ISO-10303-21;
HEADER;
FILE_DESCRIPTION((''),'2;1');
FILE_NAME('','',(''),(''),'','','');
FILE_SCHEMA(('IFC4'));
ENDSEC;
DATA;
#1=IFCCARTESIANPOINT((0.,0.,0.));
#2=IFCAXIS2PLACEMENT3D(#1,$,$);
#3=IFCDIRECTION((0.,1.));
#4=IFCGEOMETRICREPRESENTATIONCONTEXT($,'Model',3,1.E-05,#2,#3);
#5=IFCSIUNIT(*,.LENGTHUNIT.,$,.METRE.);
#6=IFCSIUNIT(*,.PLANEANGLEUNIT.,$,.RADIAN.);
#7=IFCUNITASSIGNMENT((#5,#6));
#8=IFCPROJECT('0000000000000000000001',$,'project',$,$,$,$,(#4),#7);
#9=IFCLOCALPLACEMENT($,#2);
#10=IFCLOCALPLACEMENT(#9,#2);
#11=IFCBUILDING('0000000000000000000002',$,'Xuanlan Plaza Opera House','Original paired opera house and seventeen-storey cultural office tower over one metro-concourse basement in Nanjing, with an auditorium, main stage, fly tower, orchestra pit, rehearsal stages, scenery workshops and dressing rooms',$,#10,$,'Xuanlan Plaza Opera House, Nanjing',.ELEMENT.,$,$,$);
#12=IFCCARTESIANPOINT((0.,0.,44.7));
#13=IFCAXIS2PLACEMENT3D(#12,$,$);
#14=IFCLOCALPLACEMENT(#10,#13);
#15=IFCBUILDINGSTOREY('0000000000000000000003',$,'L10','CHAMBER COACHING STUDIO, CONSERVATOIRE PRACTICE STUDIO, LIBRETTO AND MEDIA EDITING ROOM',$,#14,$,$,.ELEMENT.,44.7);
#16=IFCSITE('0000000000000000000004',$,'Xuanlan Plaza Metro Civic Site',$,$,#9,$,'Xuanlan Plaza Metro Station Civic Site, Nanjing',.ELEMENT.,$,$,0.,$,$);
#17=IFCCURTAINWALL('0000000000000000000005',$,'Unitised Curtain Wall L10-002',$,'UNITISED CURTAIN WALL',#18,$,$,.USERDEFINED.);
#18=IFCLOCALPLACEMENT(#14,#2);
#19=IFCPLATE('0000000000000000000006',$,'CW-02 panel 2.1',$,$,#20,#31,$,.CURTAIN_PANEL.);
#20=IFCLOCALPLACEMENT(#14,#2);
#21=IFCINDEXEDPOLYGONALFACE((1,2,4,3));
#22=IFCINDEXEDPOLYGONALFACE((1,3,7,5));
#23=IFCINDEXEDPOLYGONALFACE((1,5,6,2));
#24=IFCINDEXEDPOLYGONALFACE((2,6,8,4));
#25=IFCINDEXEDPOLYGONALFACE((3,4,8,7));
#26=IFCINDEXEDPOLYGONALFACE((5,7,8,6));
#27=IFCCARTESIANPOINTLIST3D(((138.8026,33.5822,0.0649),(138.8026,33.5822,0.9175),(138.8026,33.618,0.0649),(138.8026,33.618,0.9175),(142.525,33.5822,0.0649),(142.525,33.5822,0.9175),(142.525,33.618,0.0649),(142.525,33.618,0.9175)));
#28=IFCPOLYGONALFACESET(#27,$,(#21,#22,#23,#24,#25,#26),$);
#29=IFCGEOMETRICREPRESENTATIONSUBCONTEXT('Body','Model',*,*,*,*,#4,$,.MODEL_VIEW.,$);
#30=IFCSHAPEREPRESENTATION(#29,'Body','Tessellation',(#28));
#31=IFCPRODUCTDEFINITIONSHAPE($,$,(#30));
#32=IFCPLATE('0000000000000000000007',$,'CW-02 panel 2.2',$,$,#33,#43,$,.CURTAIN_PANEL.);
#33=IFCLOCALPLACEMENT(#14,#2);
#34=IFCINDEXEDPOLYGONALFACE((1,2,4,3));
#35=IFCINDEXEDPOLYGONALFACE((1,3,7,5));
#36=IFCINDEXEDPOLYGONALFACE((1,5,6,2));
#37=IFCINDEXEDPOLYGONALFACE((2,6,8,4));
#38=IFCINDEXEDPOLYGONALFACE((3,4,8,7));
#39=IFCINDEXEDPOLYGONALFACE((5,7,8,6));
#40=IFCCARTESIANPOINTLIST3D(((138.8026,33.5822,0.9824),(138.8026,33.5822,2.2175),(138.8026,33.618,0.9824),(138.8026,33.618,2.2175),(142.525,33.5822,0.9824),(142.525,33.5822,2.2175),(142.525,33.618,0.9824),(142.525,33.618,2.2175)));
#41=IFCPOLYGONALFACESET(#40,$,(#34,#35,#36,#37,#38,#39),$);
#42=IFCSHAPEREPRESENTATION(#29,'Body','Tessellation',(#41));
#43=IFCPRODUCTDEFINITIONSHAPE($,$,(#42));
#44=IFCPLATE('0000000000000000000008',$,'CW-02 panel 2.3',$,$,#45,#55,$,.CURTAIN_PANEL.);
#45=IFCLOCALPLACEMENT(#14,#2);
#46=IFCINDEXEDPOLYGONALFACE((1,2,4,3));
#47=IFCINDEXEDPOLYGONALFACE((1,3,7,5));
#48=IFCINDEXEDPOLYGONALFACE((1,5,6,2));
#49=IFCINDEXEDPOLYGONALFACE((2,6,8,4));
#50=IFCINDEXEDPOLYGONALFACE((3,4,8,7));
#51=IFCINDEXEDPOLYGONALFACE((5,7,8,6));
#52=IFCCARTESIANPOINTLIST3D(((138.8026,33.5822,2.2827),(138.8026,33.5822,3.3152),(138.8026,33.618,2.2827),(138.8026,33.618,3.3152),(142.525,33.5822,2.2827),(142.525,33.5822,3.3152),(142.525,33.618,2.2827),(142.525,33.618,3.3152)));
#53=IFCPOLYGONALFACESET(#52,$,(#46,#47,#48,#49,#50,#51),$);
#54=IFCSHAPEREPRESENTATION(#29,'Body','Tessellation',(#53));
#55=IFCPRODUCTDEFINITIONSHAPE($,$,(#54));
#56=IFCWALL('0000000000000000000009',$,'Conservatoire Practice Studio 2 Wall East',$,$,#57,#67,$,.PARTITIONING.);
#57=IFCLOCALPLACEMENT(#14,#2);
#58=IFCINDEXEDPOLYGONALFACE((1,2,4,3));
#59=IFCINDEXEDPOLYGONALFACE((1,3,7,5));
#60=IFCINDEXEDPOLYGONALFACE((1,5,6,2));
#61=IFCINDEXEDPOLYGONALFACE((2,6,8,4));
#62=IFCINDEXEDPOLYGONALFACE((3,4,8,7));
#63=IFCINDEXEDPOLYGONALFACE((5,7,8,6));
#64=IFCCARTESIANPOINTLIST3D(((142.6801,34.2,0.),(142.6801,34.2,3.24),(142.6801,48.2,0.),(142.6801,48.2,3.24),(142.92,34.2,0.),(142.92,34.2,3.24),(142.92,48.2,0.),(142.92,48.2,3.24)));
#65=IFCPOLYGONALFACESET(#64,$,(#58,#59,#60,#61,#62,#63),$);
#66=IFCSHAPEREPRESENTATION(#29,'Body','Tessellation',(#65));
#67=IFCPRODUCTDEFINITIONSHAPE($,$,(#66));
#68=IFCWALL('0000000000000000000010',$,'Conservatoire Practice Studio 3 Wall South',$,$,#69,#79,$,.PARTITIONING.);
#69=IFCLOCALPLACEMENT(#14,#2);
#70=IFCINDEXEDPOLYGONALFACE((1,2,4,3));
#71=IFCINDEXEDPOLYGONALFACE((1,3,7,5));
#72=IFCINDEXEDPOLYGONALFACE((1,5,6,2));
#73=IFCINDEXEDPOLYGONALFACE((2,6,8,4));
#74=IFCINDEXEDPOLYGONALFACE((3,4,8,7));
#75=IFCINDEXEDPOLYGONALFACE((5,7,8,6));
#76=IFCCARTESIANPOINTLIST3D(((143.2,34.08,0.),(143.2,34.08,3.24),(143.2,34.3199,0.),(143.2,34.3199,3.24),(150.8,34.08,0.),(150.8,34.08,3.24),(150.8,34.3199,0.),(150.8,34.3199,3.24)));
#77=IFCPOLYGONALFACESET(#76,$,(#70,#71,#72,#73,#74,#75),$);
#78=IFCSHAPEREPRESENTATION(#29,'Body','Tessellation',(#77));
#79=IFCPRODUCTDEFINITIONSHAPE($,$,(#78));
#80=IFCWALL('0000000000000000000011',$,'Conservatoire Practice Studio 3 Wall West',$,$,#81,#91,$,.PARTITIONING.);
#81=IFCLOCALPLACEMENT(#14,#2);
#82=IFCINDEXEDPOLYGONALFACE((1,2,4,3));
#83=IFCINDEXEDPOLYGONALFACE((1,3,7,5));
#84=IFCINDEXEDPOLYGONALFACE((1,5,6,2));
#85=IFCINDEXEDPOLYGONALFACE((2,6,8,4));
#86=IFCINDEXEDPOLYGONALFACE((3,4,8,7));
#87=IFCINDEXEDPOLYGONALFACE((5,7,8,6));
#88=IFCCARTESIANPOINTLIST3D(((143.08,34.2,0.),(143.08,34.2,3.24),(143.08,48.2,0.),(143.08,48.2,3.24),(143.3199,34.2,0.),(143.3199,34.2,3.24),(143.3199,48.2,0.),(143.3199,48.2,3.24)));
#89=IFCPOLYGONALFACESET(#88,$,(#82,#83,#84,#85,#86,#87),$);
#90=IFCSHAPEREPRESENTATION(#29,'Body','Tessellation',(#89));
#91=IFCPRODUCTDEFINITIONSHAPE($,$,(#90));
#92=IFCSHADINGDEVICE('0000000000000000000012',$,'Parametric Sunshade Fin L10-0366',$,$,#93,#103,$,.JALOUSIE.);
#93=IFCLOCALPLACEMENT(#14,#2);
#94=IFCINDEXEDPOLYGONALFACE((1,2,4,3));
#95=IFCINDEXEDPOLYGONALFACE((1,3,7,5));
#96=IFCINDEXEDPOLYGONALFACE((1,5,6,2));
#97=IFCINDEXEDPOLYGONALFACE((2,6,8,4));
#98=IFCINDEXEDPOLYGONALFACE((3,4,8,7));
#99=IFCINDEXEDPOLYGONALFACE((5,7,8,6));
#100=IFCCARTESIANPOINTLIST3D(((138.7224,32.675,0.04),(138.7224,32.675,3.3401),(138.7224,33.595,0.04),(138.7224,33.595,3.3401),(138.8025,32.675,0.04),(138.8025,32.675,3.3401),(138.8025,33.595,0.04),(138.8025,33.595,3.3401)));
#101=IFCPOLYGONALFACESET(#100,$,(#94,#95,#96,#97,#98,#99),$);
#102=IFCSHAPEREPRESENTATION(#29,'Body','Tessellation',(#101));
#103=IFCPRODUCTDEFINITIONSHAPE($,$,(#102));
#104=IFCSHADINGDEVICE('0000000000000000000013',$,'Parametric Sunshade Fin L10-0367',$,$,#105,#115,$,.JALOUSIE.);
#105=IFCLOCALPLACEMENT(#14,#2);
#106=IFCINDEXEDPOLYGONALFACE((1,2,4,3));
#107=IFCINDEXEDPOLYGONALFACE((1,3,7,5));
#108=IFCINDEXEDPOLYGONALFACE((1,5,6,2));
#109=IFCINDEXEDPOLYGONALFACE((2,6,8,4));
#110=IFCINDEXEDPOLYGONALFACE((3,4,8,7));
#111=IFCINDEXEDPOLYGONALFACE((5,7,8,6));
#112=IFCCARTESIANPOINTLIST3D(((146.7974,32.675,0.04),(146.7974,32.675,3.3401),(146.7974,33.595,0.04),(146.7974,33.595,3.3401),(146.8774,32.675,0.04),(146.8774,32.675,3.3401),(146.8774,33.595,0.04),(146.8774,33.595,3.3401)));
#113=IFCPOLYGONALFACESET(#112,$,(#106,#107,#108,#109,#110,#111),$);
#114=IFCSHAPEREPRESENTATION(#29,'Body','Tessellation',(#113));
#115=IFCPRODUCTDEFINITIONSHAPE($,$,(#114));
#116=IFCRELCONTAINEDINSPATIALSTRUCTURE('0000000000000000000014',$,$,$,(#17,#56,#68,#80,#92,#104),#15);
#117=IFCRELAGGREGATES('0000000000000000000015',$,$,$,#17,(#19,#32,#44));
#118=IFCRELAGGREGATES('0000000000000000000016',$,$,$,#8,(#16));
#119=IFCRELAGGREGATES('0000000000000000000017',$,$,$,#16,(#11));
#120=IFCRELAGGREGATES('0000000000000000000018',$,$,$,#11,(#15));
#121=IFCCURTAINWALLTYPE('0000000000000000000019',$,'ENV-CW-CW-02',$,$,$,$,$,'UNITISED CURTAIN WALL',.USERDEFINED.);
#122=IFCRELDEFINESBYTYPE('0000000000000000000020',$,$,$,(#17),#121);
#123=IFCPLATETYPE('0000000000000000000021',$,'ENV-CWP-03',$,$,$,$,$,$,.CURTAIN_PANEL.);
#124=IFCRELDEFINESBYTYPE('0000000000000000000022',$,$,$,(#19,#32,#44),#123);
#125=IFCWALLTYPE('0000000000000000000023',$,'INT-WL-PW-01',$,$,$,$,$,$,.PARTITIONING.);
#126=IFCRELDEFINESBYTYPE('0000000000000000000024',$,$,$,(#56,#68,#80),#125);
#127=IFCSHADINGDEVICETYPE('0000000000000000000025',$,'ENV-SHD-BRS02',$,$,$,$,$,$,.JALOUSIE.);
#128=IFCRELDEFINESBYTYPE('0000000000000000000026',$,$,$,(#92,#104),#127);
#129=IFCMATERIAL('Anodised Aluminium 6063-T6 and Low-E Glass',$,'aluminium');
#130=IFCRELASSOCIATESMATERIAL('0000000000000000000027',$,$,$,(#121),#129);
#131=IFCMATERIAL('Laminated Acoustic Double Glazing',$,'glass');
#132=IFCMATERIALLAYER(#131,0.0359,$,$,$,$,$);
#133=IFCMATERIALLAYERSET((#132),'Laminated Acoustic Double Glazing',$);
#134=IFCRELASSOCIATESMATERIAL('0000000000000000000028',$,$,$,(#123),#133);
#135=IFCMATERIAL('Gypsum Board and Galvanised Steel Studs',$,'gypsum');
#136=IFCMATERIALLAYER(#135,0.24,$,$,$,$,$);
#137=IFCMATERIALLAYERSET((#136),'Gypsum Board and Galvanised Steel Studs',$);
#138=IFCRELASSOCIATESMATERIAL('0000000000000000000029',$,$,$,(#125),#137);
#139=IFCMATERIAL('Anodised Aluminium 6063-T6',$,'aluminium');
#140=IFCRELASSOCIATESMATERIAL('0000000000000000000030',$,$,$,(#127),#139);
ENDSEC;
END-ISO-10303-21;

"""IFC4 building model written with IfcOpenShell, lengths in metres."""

from ifc_helpers import new_model, si_unit, direction, frame, frame_2d, origin, origin_2d, place, context, subcontext, project, spatial, rectangle, extrude, material, layer, layer_set, type_object, element, aggregate, save


model = new_model("IFC4")

# Units and contexts
model_context = context("Model", 3, precision=1e-05, world=origin(), true_north=direction((0.0, 1.0)))
body_context = subcontext(model_context, "Body", "Model", "MODEL_VIEW")
ifc_project = project(units=[si_unit("LENGTHUNIT", "METRE"), si_unit("PLANEANGLEUNIT", "RADIAN")], contexts=[model_context])

# Site, building, storey
site_placement = place(None, origin())
site = spatial("IfcSite", under=ifc_project, at=site_placement, Name="Xuanlan Plaza Metro Civic Site", LongName="Xuanlan Plaza Metro Station Civic Site, Nanjing", CompositionType="ELEMENT", RefElevation=0.0)
building_placement = place(site_placement, origin())
building = spatial("IfcBuilding", under=site, at=building_placement, Name="Xuanlan Plaza Opera House", Description="Original paired opera house and seventeen-storey cultural office tower over one metro-concourse basement in Nanjing, with an auditorium, main stage, fly tower, orchestra pit, rehearsal stages, scenery workshops and dressing rooms", LongName="Xuanlan Plaza Opera House, Nanjing", CompositionType="ELEMENT")
storey_placement = place(building_placement, frame((0.0, 0.0, 44.7)))
storey = spatial("IfcBuildingStorey", under=building, at=storey_placement, Name="L10", Description="CHAMBER COACHING STUDIO, CONSERVATOIRE PRACTICE STUDIO, LIBRETTO AND MEDIA EDITING ROOM", CompositionType="ELEMENT", Elevation=44.7)

# Curtain wall
ifc_material_1 = material(Name="Anodised Aluminium 6063-T6 and Low-E Glass", Category="aluminium")
curtain_wall_type_1 = type_object("IfcCurtainWallType", Name="ENV-CW-CW-02", ElementType="UNITISED CURTAIN WALL", PredefinedType="USERDEFINED", material=ifc_material_1)
curtain_wall_1_placement = place(storey_placement, origin())
curtain_wall_1 = element("IfcCurtainWall", 1, at=curtain_wall_1_placement, inside=storey, type_object=curtain_wall_type_1, Name="Unitised Curtain Wall L10-002", ObjectType="UNITISED CURTAIN WALL", PredefinedType="USERDEFINED")
ifc_material_2 = material(Name="Anodised Aluminium 6063-T6", Category="aluminium")

# Plates
ifc_material_3 = material(Name="Laminated Acoustic Double Glazing", Category="glass")
ifc_layer_1 = layer(ifc_material_3, 0.0359)
ifc_layer_set_1 = layer_set([ifc_layer_1], Name="Laminated Acoustic Double Glazing")
plate_type_1 = type_object("IfcPlateType", Name="ENV-CWP-03", PredefinedType="CURTAIN_PANEL", material=ifc_layer_set_1)
plate_1_placement = place(storey_placement, frame((140.6638, 33.6001, 0.0649), z_axis=(0.0, 0.0, 1.0), x_axis=(1.0, 0.0, 0.0)))
plate_1 = element("IfcPlate", 2, at=plate_1_placement, type_object=plate_type_1, Name="CW-02 panel 2.1", PredefinedType="CURTAIN_PANEL", context=body_context, shape_type="SweptSolid", body=[
    extrude(rectangle(XDim=3.7224, YDim=0.0359, at=origin_2d()), origin(), (0.0, 0.0, 1.0), 0.8525),
])
plate_2_placement = place(storey_placement, frame((140.6638, 33.6001, 0.9824), z_axis=(0.0, 0.0, 1.0), x_axis=(1.0, 0.0, 0.0)))
plate_2 = element("IfcPlate", 3, at=plate_2_placement, type_object=plate_type_1, Name="CW-02 panel 2.2", PredefinedType="CURTAIN_PANEL", context=body_context, shape_type="SweptSolid", body=[
    extrude(rectangle(XDim=3.7224, YDim=0.0359, at=origin_2d()), origin(), (0.0, 0.0, 1.0), 1.2351),
])
plate_3_placement = place(storey_placement, frame((140.6638, 33.6001, 2.2827), z_axis=(0.0, 0.0, 1.0), x_axis=(1.0, 0.0, 0.0)))
plate_3 = element("IfcPlate", 4, at=plate_3_placement, type_object=plate_type_1, Name="CW-02 panel 2.3", PredefinedType="CURTAIN_PANEL", context=body_context, shape_type="SweptSolid", body=[
    extrude(rectangle(XDim=3.7224, YDim=0.0359, at=origin_2d()), origin(), (0.0, 0.0, 1.0), 1.0325),
])
aggregate(curtain_wall_1, [plate_1, plate_2, plate_3])

# Walls
ifc_material_4 = material(Name="Gypsum Board and Galvanised Steel Studs", Category="gypsum")
ifc_layer_2 = layer(ifc_material_4, 0.24)
ifc_layer_set_2 = layer_set([ifc_layer_2], Name="Gypsum Board and Galvanised Steel Studs")
wall_type = type_object("IfcWallType", Name="INT-WL-PW-01", PredefinedType="PARTITIONING", material=ifc_layer_set_2)
wall_1_placement = place(storey_placement, frame((142.8, 34.2, 0.0), z_axis=(0.0, 0.0, 1.0), x_axis=(0.0, 1.0, 0.0)))
element("IfcWall", 5, at=wall_1_placement, inside=storey, type_object=wall_type, Name="Conservatoire Practice Studio 2 Wall East", PredefinedType="PARTITIONING", context=body_context, shape_type="SweptSolid", body=[
    extrude(rectangle(XDim=14.0, YDim=0.24, at=frame_2d((7.0, 0.0))), origin(), (0.0, 0.0, 1.0), 3.24),
])
wall_2_placement = place(storey_placement, frame((143.2, 34.2, 0.0), z_axis=(0.0, 0.0, 1.0), x_axis=(1.0, 0.0, 0.0)))
element("IfcWall", 6, at=wall_2_placement, inside=storey, type_object=wall_type, Name="Conservatoire Practice Studio 3 Wall South", PredefinedType="PARTITIONING", context=body_context, shape_type="SweptSolid", body=[
    extrude(rectangle(XDim=7.6001, YDim=0.24, at=frame_2d((3.8, 0.0))), origin(), (0.0, 0.0, 1.0), 3.24),
])
wall_3_placement = place(storey_placement, frame((143.2, 34.2, 0.0), z_axis=(0.0, 0.0, 1.0), x_axis=(0.0, 1.0, 0.0)))
element("IfcWall", 7, at=wall_3_placement, inside=storey, type_object=wall_type, Name="Conservatoire Practice Studio 3 Wall West", PredefinedType="PARTITIONING", context=body_context, shape_type="SweptSolid", body=[
    extrude(rectangle(XDim=14.0, YDim=0.24, at=frame_2d((7.0, 0.0))), origin(), (0.0, 0.0, 1.0), 3.24),
])

# Shading devices
shading_device_type = type_object("IfcShadingDeviceType", Name="ENV-SHD-BRS02", PredefinedType="JALOUSIE", material=ifc_material_2)
for number, where, z_axis, x_axis, name in (
    (8, (138.7625, 33.135, 0.04), (0.0, 0.0, 1.0), (0.0, -1.0, 0.0), "Parametric Sunshade Fin L10-0366"),
    (9, (146.8374, 33.135, 0.04), (0.0, 0.0, 1.0), (0.0, -1.0, 0.0), "Parametric Sunshade Fin L10-0367"),
):
    element("IfcShadingDevice", number, at=place(storey_placement, frame(where, z_axis=z_axis, x_axis=x_axis)), inside=storey, type_object=shading_device_type, Name=name, PredefinedType="JALOUSIE", context=body_context, shape_type="SweptSolid", body=[
        extrude(rectangle(XDim=0.9199, YDim=0.0801, at=origin_2d()), origin(), (0.0, 0.0, 1.0), 3.3),
    ])

save(model, "model.ifc")
